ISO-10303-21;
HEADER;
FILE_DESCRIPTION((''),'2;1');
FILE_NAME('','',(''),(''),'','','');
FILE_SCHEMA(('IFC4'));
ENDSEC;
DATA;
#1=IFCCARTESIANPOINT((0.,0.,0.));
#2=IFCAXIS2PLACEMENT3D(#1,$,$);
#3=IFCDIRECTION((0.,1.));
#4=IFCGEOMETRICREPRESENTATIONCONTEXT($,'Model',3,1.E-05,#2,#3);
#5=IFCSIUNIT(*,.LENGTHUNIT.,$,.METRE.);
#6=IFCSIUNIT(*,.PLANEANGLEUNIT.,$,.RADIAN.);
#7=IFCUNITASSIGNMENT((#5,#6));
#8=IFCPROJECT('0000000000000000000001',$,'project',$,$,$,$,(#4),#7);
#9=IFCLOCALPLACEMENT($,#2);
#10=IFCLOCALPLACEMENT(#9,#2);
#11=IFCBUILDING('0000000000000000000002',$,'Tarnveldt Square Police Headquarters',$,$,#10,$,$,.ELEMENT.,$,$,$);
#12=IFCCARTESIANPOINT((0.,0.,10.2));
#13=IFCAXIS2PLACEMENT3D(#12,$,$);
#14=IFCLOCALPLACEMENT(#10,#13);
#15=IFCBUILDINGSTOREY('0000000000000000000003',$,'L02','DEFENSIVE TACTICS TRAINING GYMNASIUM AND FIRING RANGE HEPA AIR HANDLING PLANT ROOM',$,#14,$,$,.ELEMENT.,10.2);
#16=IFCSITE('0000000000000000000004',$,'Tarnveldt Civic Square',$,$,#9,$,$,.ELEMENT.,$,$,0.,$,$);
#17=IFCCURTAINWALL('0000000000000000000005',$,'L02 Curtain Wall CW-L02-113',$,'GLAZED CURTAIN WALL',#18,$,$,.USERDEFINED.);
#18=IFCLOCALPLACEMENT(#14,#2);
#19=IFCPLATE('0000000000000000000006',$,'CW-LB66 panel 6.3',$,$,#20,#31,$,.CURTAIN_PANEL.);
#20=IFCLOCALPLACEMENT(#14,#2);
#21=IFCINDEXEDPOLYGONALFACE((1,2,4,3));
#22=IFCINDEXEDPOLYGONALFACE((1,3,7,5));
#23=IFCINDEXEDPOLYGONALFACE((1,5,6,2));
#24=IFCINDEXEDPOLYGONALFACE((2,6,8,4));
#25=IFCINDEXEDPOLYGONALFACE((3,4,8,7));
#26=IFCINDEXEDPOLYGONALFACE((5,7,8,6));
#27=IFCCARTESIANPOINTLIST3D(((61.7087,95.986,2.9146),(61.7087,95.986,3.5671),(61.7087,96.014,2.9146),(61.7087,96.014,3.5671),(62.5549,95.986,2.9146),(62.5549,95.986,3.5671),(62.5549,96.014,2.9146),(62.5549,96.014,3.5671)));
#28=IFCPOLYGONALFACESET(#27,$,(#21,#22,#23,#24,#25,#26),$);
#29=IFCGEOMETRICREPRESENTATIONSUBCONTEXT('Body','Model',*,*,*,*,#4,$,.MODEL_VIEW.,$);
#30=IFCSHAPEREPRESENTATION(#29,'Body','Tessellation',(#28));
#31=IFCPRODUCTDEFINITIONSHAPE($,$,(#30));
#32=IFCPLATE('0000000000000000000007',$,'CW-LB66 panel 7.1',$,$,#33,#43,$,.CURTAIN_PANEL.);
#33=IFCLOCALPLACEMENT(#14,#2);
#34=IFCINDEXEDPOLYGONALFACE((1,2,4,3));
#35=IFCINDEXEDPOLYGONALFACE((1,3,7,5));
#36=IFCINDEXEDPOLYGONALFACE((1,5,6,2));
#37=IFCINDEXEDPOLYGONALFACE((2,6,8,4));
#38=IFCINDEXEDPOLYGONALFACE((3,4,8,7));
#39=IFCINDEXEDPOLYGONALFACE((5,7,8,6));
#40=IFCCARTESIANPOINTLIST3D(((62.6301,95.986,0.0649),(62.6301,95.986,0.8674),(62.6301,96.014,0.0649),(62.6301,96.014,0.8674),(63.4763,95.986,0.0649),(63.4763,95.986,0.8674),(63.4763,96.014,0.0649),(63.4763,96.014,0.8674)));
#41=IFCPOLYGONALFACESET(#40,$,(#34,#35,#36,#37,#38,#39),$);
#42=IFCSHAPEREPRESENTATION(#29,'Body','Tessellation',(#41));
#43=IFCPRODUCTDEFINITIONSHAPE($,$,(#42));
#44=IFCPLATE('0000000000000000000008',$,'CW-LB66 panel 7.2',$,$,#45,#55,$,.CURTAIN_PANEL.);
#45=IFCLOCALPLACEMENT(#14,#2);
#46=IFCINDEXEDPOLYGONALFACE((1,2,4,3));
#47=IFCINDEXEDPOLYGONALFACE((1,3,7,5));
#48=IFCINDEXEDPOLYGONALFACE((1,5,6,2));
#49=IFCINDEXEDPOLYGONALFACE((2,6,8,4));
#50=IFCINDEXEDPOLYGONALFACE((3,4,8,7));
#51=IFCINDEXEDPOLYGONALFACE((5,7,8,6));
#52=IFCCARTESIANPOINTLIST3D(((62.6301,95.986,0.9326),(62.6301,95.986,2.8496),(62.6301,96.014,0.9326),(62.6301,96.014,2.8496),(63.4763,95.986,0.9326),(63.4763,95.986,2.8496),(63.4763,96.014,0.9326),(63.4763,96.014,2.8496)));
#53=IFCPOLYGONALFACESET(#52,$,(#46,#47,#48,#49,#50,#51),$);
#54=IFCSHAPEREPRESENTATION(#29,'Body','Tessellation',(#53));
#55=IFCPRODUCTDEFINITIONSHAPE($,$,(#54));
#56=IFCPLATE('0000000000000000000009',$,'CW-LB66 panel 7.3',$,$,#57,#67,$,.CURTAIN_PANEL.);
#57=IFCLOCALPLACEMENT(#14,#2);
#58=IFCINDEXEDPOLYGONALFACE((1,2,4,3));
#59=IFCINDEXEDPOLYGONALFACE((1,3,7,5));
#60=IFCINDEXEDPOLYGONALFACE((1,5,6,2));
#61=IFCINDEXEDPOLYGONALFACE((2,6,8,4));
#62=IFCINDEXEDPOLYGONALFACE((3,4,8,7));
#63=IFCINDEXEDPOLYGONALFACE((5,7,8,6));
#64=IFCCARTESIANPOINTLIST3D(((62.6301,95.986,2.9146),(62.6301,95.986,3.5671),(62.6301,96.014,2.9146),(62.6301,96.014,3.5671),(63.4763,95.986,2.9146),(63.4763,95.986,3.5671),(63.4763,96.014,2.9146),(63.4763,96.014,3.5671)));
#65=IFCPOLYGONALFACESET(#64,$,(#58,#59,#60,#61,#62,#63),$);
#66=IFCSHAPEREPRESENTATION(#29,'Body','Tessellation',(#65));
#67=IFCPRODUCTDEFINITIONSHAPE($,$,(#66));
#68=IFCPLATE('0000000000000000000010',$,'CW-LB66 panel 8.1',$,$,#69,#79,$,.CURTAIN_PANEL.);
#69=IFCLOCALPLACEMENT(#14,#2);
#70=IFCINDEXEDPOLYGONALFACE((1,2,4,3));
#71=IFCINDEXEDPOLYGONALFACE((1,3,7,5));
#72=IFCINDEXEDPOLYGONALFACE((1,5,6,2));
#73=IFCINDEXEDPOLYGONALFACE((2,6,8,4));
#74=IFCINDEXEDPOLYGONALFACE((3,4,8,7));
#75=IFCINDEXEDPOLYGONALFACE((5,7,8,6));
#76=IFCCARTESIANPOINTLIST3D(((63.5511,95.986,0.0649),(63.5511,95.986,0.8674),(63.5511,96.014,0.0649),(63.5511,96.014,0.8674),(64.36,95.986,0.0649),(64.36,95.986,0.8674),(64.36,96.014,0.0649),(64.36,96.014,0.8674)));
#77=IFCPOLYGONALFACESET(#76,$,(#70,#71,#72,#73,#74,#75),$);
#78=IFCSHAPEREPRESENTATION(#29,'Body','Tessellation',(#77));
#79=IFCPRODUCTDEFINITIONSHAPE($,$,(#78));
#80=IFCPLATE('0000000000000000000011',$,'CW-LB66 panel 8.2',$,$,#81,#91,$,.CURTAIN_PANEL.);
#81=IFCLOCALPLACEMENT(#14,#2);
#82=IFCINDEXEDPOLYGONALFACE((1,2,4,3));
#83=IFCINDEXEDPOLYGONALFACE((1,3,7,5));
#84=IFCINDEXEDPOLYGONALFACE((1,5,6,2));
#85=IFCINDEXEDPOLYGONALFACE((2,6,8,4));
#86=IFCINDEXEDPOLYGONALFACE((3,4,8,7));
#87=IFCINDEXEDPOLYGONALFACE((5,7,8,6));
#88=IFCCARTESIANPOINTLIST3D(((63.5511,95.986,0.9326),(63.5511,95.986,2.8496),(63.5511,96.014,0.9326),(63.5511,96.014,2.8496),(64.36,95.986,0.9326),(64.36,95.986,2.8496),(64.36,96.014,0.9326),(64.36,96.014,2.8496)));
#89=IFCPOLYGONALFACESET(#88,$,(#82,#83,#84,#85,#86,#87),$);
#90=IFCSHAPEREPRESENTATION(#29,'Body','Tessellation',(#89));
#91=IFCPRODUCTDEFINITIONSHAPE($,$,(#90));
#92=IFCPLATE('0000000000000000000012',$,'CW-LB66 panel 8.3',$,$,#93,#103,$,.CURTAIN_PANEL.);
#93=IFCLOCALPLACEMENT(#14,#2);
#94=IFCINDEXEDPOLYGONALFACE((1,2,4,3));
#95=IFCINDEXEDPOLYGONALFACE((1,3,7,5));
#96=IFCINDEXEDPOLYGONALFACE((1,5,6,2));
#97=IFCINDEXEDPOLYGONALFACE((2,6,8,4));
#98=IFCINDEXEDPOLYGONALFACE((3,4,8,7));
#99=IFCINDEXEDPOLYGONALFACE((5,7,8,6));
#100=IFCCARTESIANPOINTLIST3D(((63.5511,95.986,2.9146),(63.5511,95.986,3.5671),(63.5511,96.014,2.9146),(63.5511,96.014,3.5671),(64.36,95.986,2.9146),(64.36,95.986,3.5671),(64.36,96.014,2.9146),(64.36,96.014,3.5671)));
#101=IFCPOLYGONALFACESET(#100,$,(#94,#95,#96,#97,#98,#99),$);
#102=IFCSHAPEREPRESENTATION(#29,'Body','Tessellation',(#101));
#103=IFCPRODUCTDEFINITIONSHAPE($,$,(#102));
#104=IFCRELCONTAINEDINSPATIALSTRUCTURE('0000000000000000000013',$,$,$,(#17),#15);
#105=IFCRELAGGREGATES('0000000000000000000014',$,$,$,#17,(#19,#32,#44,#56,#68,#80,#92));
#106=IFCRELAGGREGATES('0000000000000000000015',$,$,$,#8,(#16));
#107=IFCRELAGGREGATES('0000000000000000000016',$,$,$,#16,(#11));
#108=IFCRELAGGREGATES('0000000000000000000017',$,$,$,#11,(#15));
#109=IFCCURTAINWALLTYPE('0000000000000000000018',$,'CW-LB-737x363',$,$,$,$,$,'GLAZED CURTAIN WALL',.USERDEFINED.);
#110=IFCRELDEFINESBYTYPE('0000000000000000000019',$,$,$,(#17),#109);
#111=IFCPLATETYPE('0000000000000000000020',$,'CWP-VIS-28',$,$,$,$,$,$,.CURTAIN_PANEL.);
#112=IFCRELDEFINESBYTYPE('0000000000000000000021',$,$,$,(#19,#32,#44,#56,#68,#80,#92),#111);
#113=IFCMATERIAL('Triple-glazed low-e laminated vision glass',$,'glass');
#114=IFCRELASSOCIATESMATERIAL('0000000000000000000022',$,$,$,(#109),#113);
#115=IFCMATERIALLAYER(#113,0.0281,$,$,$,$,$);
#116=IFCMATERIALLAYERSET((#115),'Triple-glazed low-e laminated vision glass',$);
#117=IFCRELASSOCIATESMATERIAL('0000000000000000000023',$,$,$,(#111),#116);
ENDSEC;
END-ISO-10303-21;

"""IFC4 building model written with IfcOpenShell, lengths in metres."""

from ifc_helpers import new_model, si_unit, direction, frame, origin, origin_2d, place, context, subcontext, project, spatial, rectangle, extrude, material, layer, layer_set, type_object, element, aggregate, save


model = new_model("IFC4")

# Units and contexts
model_context = context("Model", 3, precision=1e-05, world=origin(), true_north=direction((0.0, 1.0)))
body_context = subcontext(model_context, "Body", "Model", "MODEL_VIEW")
ifc_project = project(units=[si_unit("LENGTHUNIT", "METRE"), si_unit("PLANEANGLEUNIT", "RADIAN")], contexts=[model_context])

# Site, building, storey
site_placement = place(None, origin())
site = spatial("IfcSite", under=ifc_project, at=site_placement, Name="Tarnveldt Civic Square", CompositionType="ELEMENT", RefElevation=0.0)
building_placement = place(site_placement, origin())
building = spatial("IfcBuilding", under=site, at=building_placement, Name="Tarnveldt Square Police Headquarters", CompositionType="ELEMENT")
storey_placement = place(building_placement, frame((0.0, 0.0, 10.2)))
storey = spatial("IfcBuildingStorey", under=building, at=storey_placement, Name="L02", Description="DEFENSIVE TACTICS TRAINING GYMNASIUM AND FIRING RANGE HEPA AIR HANDLING PLANT ROOM", CompositionType="ELEMENT", Elevation=10.2)

# Curtain wall, plates
ifc_material_1 = material(Name="Triple-glazed low-e laminated vision glass", Category="glass")
curtain_wall_type = type_object("IfcCurtainWallType", Name="CW-LB-737x363", ElementType="GLAZED CURTAIN WALL", PredefinedType="USERDEFINED", material=ifc_material_1)
curtain_wall_placement = place(storey_placement, origin())
curtain_wall = element("IfcCurtainWall", 1, at=curtain_wall_placement, inside=storey, type_object=curtain_wall_type, Name="L02 Curtain Wall CW-L02-113", ObjectType="GLAZED CURTAIN WALL", PredefinedType="USERDEFINED")
ifc_layer = layer(ifc_material_1, 0.0281)
ifc_layer_set = layer_set([ifc_layer], Name="Triple-glazed low-e laminated vision glass")
plate_type = type_object("IfcPlateType", Name="CWP-VIS-28", PredefinedType="CURTAIN_PANEL", material=ifc_layer_set)
plate_1_placement = place(storey_placement, frame((62.1318, 96.0, 2.9146), z_axis=(0.0, 0.0, 1.0), x_axis=(1.0, 0.0, 0.0)))
plate_1 = element("IfcPlate", 2, at=plate_1_placement, type_object=plate_type, Name="CW-LB66 panel 6.3", PredefinedType="CURTAIN_PANEL", context=body_context, shape_type="SweptSolid", body=[
    extrude(rectangle(XDim=0.8462, YDim=0.0281, at=origin_2d()), origin(), (0.0, 0.0, 1.0), 0.6526),
])
plate_2_placement = place(storey_placement, frame((63.0532, 96.0, 0.0649), z_axis=(0.0, 0.0, 1.0), x_axis=(1.0, 0.0, 0.0)))
plate_2 = element("IfcPlate", 3, at=plate_2_placement, type_object=plate_type, Name="CW-LB66 panel 7.1", PredefinedType="CURTAIN_PANEL", context=body_context, shape_type="SweptSolid", body=[
    extrude(rectangle(XDim=0.8462, YDim=0.0281, at=origin_2d()), origin(), (0.0, 0.0, 1.0), 0.8025),
])
plate_3_placement = place(storey_placement, frame((63.0532, 96.0, 0.9326), z_axis=(0.0, 0.0, 1.0), x_axis=(1.0, 0.0, 0.0)))
plate_3 = element("IfcPlate", 4, at=plate_3_placement, type_object=plate_type, Name="CW-LB66 panel 7.2", PredefinedType="CURTAIN_PANEL", context=body_context, shape_type="SweptSolid", body=[
    extrude(rectangle(XDim=0.8462, YDim=0.0281, at=origin_2d()), origin(), (0.0, 0.0, 1.0), 1.917),
])
plate_4_placement = place(storey_placement, frame((63.0532, 96.0, 2.9146), z_axis=(0.0, 0.0, 1.0), x_axis=(1.0, 0.0, 0.0)))
plate_4 = element("IfcPlate", 5, at=plate_4_placement, type_object=plate_type, Name="CW-LB66 panel 7.3", PredefinedType="CURTAIN_PANEL", context=body_context, shape_type="SweptSolid", body=[
    extrude(rectangle(XDim=0.8462, YDim=0.0281, at=origin_2d()), origin(), (0.0, 0.0, 1.0), 0.6526),
])
plate_5_placement = place(storey_placement, frame((63.9556, 96.0, 0.0649), z_axis=(0.0, 0.0, 1.0), x_axis=(1.0, 0.0, 0.0)))
plate_5 = element("IfcPlate", 6, at=plate_5_placement, type_object=plate_type, Name="CW-LB66 panel 8.1", PredefinedType="CURTAIN_PANEL", context=body_context, shape_type="SweptSolid", body=[
    extrude(rectangle(XDim=0.8088, YDim=0.0281, at=origin_2d()), origin(), (0.0, 0.0, 1.0), 0.8025),
])
plate_6_placement = place(storey_placement, frame((63.9556, 96.0, 0.9326), z_axis=(0.0, 0.0, 1.0), x_axis=(1.0, 0.0, 0.0)))
plate_6 = element("IfcPlate", 7, at=plate_6_placement, type_object=plate_type, Name="CW-LB66 panel 8.2", PredefinedType="CURTAIN_PANEL", context=body_context, shape_type="SweptSolid", body=[
    extrude(rectangle(XDim=0.8088, YDim=0.0281, at=origin_2d()), origin(), (0.0, 0.0, 1.0), 1.917),
])
plate_7_placement = place(storey_placement, frame((63.9556, 96.0, 2.9146), z_axis=(0.0, 0.0, 1.0), x_axis=(1.0, 0.0, 0.0)))
plate_7 = element("IfcPlate", 8, at=plate_7_placement, type_object=plate_type, Name="CW-LB66 panel 8.3", PredefinedType="CURTAIN_PANEL", context=body_context, shape_type="SweptSolid", body=[
    extrude(rectangle(XDim=0.8088, YDim=0.0281, at=origin_2d()), origin(), (0.0, 0.0, 1.0), 0.6526),
])
aggregate(curtain_wall, [plate_1, plate_2, plate_3, plate_4, plate_5, plate_6, plate_7])

save(model, "model.ifc")
